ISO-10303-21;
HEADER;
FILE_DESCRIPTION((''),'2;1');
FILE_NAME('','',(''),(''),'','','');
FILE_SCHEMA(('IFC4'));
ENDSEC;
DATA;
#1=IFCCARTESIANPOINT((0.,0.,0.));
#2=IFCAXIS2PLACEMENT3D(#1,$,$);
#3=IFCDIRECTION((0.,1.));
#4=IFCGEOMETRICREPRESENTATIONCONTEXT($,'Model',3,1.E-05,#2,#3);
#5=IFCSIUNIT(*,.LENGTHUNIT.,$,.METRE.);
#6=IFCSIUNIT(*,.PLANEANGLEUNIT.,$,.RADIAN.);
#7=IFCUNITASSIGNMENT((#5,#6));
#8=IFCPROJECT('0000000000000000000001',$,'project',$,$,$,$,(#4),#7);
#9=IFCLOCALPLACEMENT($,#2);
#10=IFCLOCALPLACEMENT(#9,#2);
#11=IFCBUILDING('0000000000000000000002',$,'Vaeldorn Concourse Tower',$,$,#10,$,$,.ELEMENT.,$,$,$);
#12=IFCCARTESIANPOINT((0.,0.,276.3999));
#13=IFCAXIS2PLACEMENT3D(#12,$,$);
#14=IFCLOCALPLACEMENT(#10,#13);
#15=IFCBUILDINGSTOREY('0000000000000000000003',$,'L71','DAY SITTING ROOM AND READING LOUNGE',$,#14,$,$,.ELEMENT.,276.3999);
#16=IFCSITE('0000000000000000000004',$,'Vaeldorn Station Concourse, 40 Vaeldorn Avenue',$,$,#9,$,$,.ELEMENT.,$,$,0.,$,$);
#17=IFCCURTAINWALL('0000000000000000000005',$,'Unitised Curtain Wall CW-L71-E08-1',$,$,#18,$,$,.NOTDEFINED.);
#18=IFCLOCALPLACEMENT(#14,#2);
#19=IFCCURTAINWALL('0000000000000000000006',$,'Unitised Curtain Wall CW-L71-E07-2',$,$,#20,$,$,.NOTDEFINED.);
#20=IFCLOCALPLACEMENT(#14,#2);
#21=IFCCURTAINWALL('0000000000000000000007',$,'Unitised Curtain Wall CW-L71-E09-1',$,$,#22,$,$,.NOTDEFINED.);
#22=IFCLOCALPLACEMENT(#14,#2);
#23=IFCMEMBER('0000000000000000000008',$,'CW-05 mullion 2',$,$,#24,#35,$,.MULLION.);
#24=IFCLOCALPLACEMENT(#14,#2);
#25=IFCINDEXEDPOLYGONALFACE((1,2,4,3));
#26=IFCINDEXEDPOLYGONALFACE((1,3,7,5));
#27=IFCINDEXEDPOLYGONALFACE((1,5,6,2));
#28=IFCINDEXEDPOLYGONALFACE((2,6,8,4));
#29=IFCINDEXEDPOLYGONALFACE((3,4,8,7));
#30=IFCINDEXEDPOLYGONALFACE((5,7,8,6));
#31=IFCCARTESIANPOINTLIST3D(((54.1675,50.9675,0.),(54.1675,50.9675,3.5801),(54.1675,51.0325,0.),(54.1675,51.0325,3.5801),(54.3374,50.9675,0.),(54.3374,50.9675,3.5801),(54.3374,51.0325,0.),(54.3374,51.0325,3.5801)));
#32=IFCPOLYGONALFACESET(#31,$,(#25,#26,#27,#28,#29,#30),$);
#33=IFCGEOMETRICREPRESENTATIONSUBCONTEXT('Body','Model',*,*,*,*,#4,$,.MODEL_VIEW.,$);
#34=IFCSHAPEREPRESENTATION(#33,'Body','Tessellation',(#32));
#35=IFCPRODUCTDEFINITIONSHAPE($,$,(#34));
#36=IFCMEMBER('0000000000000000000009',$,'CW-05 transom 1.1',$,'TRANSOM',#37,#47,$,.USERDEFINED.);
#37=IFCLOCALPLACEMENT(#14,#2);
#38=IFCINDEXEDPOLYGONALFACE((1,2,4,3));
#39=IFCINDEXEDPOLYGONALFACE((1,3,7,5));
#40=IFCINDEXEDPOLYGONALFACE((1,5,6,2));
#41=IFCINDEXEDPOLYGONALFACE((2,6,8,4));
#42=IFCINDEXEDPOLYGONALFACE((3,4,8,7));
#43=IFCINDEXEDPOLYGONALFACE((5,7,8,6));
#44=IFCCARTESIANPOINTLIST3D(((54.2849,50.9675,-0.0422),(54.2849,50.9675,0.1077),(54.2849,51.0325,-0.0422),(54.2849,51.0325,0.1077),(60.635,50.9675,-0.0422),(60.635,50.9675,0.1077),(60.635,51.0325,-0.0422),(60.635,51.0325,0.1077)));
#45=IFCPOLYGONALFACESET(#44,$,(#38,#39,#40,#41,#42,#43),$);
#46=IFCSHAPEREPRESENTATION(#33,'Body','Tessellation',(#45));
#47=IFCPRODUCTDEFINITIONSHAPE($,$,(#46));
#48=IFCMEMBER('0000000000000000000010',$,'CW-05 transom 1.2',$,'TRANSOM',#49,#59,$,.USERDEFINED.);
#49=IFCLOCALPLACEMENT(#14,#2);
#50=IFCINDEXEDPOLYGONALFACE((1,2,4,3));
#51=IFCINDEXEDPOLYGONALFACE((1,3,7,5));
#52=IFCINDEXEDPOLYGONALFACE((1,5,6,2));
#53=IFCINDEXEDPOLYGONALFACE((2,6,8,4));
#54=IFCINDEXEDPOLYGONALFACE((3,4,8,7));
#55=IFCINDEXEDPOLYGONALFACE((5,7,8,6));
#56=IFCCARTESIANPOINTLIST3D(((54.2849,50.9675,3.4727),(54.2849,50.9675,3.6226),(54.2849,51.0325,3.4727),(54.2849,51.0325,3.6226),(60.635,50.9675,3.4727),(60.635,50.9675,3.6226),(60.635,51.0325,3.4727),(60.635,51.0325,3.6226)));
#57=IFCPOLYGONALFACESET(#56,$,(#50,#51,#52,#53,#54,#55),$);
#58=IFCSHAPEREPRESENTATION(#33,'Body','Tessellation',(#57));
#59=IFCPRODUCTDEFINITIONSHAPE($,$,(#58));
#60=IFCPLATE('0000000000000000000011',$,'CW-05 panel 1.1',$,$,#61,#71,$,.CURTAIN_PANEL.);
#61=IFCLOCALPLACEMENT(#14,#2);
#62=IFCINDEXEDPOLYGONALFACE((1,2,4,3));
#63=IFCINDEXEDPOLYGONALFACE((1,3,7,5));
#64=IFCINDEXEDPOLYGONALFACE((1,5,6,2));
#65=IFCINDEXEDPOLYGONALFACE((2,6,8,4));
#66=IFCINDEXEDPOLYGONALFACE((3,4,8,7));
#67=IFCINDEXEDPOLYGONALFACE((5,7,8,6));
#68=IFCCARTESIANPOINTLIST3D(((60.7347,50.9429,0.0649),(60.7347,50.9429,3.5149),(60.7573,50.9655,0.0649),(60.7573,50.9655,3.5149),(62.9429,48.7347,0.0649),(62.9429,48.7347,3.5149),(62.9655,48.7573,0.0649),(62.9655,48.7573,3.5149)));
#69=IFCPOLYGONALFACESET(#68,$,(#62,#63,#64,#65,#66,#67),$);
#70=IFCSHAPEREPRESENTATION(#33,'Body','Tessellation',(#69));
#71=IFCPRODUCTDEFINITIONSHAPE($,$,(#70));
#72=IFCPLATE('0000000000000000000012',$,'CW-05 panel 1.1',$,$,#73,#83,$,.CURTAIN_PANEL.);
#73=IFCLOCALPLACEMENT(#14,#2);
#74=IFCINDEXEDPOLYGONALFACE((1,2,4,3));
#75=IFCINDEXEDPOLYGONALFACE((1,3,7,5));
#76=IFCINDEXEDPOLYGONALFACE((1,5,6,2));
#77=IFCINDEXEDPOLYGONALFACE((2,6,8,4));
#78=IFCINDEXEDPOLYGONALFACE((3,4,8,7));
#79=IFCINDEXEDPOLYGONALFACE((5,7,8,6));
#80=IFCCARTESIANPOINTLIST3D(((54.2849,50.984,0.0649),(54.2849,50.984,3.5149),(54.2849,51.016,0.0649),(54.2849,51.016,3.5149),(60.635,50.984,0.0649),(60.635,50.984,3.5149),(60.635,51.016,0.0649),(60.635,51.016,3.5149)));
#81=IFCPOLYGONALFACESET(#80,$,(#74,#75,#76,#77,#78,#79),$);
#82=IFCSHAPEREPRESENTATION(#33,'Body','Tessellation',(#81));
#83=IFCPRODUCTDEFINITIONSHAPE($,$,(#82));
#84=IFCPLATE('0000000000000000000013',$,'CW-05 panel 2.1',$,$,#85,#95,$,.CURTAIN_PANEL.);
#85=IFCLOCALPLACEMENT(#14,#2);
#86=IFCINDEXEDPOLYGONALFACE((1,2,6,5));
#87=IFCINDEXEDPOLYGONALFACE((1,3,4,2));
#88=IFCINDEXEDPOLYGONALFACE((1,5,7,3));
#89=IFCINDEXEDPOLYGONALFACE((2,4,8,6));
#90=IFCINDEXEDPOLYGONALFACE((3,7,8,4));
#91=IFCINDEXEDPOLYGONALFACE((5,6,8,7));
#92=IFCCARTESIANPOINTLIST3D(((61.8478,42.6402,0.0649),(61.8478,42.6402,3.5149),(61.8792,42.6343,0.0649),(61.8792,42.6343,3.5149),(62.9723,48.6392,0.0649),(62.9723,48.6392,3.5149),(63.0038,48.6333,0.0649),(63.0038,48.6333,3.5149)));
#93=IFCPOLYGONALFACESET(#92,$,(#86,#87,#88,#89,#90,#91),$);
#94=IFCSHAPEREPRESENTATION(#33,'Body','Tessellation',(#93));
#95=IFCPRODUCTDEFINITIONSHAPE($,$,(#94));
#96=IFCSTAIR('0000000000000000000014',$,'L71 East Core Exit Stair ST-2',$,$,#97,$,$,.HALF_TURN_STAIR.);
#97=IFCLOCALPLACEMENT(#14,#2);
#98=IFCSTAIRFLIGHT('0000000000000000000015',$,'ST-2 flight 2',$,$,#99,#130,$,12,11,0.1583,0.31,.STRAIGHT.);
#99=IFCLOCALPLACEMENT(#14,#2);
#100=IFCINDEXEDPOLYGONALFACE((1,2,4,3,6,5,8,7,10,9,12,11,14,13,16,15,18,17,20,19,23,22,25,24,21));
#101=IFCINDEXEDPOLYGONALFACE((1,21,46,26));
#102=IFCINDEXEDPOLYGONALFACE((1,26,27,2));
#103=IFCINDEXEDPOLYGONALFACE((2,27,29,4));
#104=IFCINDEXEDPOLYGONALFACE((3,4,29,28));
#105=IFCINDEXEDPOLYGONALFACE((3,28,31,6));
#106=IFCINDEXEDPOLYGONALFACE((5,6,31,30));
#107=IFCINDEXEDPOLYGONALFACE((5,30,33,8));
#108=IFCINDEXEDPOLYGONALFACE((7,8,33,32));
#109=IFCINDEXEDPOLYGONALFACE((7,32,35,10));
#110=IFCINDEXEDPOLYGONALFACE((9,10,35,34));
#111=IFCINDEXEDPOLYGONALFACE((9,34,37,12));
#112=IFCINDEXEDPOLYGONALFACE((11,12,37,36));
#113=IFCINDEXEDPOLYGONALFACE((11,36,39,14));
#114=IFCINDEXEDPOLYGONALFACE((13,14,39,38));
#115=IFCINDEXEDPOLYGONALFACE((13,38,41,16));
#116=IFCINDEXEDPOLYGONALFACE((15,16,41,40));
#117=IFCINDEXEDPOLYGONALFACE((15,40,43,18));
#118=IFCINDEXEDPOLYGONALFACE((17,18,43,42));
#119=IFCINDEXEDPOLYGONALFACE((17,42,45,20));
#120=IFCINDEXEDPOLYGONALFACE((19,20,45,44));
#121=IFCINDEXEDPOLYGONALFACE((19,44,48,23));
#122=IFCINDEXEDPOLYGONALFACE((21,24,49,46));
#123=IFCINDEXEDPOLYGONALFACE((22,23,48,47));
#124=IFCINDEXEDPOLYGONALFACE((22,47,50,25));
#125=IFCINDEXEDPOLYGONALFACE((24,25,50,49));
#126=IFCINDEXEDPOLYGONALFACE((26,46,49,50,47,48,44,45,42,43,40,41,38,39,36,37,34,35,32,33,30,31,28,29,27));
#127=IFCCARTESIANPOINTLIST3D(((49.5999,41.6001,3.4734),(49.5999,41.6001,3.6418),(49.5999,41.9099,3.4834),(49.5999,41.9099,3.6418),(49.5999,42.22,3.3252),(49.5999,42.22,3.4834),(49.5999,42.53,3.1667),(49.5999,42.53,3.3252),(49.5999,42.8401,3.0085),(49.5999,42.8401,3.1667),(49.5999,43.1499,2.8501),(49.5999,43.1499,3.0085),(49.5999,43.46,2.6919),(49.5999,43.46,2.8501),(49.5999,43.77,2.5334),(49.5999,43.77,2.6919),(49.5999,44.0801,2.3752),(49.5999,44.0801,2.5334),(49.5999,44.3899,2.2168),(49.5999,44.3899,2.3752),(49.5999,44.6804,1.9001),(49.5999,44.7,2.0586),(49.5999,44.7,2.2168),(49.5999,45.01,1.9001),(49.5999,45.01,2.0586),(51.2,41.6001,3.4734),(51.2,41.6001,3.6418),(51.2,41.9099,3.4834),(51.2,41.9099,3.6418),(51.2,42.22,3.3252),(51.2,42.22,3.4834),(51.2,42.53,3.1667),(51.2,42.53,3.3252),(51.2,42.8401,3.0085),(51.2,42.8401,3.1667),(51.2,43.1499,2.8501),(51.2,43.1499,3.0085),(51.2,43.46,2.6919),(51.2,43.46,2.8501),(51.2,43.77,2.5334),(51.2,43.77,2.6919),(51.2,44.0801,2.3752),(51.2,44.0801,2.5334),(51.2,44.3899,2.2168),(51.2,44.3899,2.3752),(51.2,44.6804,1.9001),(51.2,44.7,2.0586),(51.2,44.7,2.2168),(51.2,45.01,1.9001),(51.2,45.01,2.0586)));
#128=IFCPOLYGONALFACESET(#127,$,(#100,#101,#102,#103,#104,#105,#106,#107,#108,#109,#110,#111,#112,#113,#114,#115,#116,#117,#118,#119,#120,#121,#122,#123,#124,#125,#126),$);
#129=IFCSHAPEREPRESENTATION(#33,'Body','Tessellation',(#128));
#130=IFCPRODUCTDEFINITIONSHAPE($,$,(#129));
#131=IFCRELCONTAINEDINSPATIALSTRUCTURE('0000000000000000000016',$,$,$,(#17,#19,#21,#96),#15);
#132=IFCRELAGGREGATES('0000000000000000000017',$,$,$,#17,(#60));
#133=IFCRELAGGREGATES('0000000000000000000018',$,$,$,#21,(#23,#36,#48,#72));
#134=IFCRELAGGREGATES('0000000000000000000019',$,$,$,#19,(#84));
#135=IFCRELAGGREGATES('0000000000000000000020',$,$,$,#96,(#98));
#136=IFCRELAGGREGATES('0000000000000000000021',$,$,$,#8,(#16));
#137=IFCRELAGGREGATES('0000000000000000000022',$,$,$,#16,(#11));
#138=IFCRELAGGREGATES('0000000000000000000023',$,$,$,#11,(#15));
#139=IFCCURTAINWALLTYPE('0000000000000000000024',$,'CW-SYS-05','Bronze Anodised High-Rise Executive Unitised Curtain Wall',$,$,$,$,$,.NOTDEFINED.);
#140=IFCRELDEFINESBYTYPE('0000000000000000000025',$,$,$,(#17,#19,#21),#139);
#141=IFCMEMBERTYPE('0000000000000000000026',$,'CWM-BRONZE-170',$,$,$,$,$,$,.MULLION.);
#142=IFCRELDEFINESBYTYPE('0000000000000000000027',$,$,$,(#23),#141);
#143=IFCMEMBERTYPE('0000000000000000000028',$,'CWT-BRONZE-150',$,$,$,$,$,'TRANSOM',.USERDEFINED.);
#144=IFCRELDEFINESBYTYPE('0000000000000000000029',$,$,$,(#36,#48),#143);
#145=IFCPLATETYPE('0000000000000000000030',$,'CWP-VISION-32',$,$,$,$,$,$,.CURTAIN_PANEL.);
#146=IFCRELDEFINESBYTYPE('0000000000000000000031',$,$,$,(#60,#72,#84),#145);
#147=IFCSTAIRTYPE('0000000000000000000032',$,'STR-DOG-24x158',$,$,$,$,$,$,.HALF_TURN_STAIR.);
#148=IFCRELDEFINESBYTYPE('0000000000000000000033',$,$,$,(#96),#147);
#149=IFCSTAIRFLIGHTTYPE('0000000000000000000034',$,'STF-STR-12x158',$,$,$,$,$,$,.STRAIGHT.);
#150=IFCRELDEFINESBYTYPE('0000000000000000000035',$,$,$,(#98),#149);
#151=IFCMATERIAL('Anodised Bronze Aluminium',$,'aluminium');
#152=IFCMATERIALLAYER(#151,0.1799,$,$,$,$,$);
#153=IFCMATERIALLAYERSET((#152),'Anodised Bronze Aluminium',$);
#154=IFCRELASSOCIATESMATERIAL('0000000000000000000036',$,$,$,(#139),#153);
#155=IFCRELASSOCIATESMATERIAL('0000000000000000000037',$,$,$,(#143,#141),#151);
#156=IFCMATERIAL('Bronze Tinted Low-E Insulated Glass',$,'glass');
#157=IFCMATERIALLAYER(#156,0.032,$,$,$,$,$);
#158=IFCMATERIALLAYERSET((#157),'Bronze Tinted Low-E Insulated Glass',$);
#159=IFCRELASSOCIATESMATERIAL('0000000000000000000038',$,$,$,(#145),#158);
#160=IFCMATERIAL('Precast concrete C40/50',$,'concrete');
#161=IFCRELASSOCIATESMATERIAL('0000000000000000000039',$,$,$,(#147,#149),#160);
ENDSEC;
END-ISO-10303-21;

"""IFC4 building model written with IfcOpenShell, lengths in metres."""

from ifc_helpers import new_model, si_unit, direction, frame, origin, origin_2d, place, context, subcontext, project, spatial, polyline, rectangle, outline, extrude, source, transform, mapped, material, layer, layer_set, material_profile, profile_set, type_object, element, aggregate, save


model = new_model("IFC4")

# Units and contexts
model_context = context("Model", 3, precision=1e-05, world=origin(), true_north=direction((0.0, 1.0)))
body_context = subcontext(model_context, "Body", "Model", "MODEL_VIEW")
ifc_project = project(units=[si_unit("LENGTHUNIT", "METRE"), si_unit("PLANEANGLEUNIT", "RADIAN")], contexts=[model_context])

# Site, building, storey
site_placement = place(None, origin())
site = spatial("IfcSite", under=ifc_project, at=site_placement, Name="Vaeldorn Station Concourse, 40 Vaeldorn Avenue", CompositionType="ELEMENT", RefElevation=0.0)
building_placement = place(site_placement, origin())
building = spatial("IfcBuilding", under=site, at=building_placement, Name="Vaeldorn Concourse Tower", CompositionType="ELEMENT")
storey_placement = place(building_placement, frame((0.0, 0.0, 276.3999)))
storey = spatial("IfcBuildingStorey", under=building, at=storey_placement, Name="L71", Description="DAY SITTING ROOM AND READING LOUNGE", CompositionType="ELEMENT", Elevation=276.3999)

# Curtain wall
ifc_material_1 = material(Name="Anodised Bronze Aluminium", Category="aluminium")
ifc_layer_1 = layer(ifc_material_1, 0.1799)
ifc_layer_set_1 = layer_set([ifc_layer_1], Name="Anodised Bronze Aluminium")
curtain_wall_type = type_object("IfcCurtainWallType", Name="CW-SYS-05", Description="Bronze Anodised High-Rise Executive Unitised Curtain Wall", PredefinedType="NOTDEFINED", material=ifc_layer_set_1)
curtain_wall_1_placement = place(storey_placement, origin())
curtain_wall_1 = element("IfcCurtainWall", 1, at=curtain_wall_1_placement, inside=storey, type_object=curtain_wall_type, Name="Unitised Curtain Wall CW-L71-E08-1", PredefinedType="NOTDEFINED")
ifc_material_profile_1 = material_profile(ifc_material_1, rectangle(XDim=0.0649, YDim=0.1499, at=origin_2d()), Name="CWT 65x150")
ifc_profile_set_1 = profile_set([ifc_material_profile_1], Name="Anodised Bronze Aluminium")
member_type_1 = type_object("IfcMemberType", Name="CWT-BRONZE-150", ElementType="TRANSOM", PredefinedType="USERDEFINED", material=ifc_profile_set_1)

# Curtain wall
curtain_wall_2_placement = place(storey_placement, origin())
curtain_wall_2 = element("IfcCurtainWall", 2, at=curtain_wall_2_placement, inside=storey, type_object=curtain_wall_type, Name="Unitised Curtain Wall CW-L71-E07-2", PredefinedType="NOTDEFINED")
ifc_material_profile_2 = material_profile(ifc_material_1, rectangle(XDim=0.0649, YDim=0.1699, at=origin_2d()), Name="CWM 65x170")
ifc_profile_set_2 = profile_set([ifc_material_profile_2], Name="Anodised Bronze Aluminium")
member_type_2 = type_object("IfcMemberType", Name="CWM-BRONZE-170", PredefinedType="MULLION", material=ifc_profile_set_2)
shared_shape_1 = source(origin(), body_context, "Body", "SweptSolid", [
    extrude(rectangle(XDim=0.0649, YDim=0.1699, at=origin_2d()), origin(), (0.0, 0.0, 1.0), 3.5801),
])

# Curtain wall, members
curtain_wall_3_placement = place(storey_placement, origin())
curtain_wall_3 = element("IfcCurtainWall", 3, at=curtain_wall_3_placement, inside=storey, type_object=curtain_wall_type, Name="Unitised Curtain Wall CW-L71-E09-1", PredefinedType="NOTDEFINED")
member_1_placement = place(storey_placement, frame((54.2524, 51.0, 0.0), z_axis=(0.0, 0.0, 1.0), x_axis=(0.0, -1.0, 0.0)))
member_1 = element("IfcMember", 4, at=member_1_placement, type_object=member_type_2, Name="CW-05 mullion 2", PredefinedType="MULLION", context=body_context, shape_type="MappedRepresentation", body=[
    mapped(shared_shape_1, transform((0.0, 0.0, 0.0), scale=1.0)),
])
shared_shape_2 = source(origin(), body_context, "Body", "SweptSolid", [
    extrude(rectangle(XDim=0.0649, YDim=0.1499, at=origin_2d()), origin(), (0.0, 0.0, 1.0), 6.3501),
])
member_2_placement = place(storey_placement, frame((60.635, 51.0, 0.0327), z_axis=(-1.0, 0.0, 0.0), x_axis=(0.0, -1.0, 0.0)))
member_2 = element("IfcMember", 5, at=member_2_placement, type_object=member_type_1, Name="CW-05 transom 1.1", ObjectType="TRANSOM", PredefinedType="USERDEFINED", context=body_context, shape_type="MappedRepresentation", body=[
    mapped(shared_shape_2, transform((0.0, 0.0, 0.0), scale=1.0)),
])
member_3_placement = place(storey_placement, frame((60.635, 51.0, 3.5476), z_axis=(-1.0, 0.0, 0.0), x_axis=(0.0, -1.0, 0.0)))
member_3 = element("IfcMember", 6, at=member_3_placement, type_object=member_type_1, Name="CW-05 transom 1.2", ObjectType="TRANSOM", PredefinedType="USERDEFINED", context=body_context, shape_type="MappedRepresentation", body=[
    mapped(shared_shape_2, transform((0.0, 0.0, 0.0), scale=1.0)),
])

# Plates
ifc_material_2 = material(Name="Bronze Tinted Low-E Insulated Glass", Category="glass")
ifc_layer_2 = layer(ifc_material_2, 0.032)
ifc_layer_set_2 = layer_set([ifc_layer_2], Name="Bronze Tinted Low-E Insulated Glass")
plate_type = type_object("IfcPlateType", Name="CWP-VISION-32", PredefinedType="CURTAIN_PANEL", material=ifc_layer_set_2)
shared_shape_3 = source(origin(), body_context, "Body", "SweptSolid", [
    extrude(rectangle(XDim=3.1228, YDim=0.032, at=origin_2d()), origin(), (0.0, 0.0, 1.0), 3.45),
])
plate_1_placement = place(storey_placement, frame((61.8501, 49.8501, 0.0649), z_axis=(0.0, 0.0, 1.0), x_axis=(-0.707107, 0.707107, 0.0)))
plate_1 = element("IfcPlate", 7, at=plate_1_placement, type_object=plate_type, Name="CW-05 panel 1.1", PredefinedType="CURTAIN_PANEL", context=body_context, shape_type="MappedRepresentation", body=[
    mapped(shared_shape_3, transform((0.0, 0.0, 0.0), scale=1.0)),
])
aggregate(curtain_wall_1, [plate_1])
shared_shape_4 = source(origin(), body_context, "Body", "SweptSolid", [
    extrude(rectangle(XDim=6.3501, YDim=0.032, at=origin_2d()), origin(), (0.0, 0.0, 1.0), 3.45),
])
plate_2_placement = place(storey_placement, frame((57.46, 51.0, 0.0649), z_axis=(0.0, 0.0, 1.0), x_axis=(-1.0, 0.0, 0.0)))
plate_2 = element("IfcPlate", 8, at=plate_2_placement, type_object=plate_type, Name="CW-05 panel 1.1", PredefinedType="CURTAIN_PANEL", context=body_context, shape_type="MappedRepresentation", body=[
    mapped(shared_shape_4, transform((0.0, 0.0, 0.0), scale=1.0)),
])
aggregate(curtain_wall_3, [member_1, member_2, member_3, plate_2])
shared_shape_5 = source(origin(), body_context, "Body", "SweptSolid", [
    extrude(rectangle(XDim=6.1035, YDim=0.032, at=origin_2d()), origin(), (0.0, 0.0, 1.0), 3.45),
])
plate_3_placement = place(storey_placement, frame((62.4258, 45.6367, 0.0649), z_axis=(0.0, 0.0, 1.0), x_axis=(0.184246, 0.98288, 0.0)))
plate_3 = element("IfcPlate", 9, at=plate_3_placement, type_object=plate_type, Name="CW-05 panel 2.1", PredefinedType="CURTAIN_PANEL", context=body_context, shape_type="MappedRepresentation", body=[
    mapped(shared_shape_5, transform((0.0, 0.0, 0.0), scale=1.0)),
])
aggregate(curtain_wall_2, [plate_3])

# Stair, stair flight
ifc_material_3 = material(Name="Precast concrete C40/50", Category="concrete")
stair_type = type_object("IfcStairType", Name="STR-DOG-24x158", PredefinedType="HALF_TURN_STAIR", material=ifc_material_3)
stair_placement = place(storey_placement, origin())
stair = element("IfcStair", 10, at=stair_placement, inside=storey, type_object=stair_type, Name="L71 East Core Exit Stair ST-2", PredefinedType="HALF_TURN_STAIR")
stair_flight_type = type_object("IfcStairFlightType", Name="STF-STR-12x158", PredefinedType="STRAIGHT", material=ifc_material_3)
stair_flight_placement = place(storey_placement, frame((50.3999, 45.01, 1.9001), z_axis=(0.0, 0.0, 1.0), x_axis=(0.0, -1.0, 0.0)))
stair_flight = element("IfcStairFlight", 11, at=stair_flight_placement, type_object=stair_flight_type, Name="ST-2 flight 2", NumberOfRisers=12, NumberOfTreads=11, PredefinedType="STRAIGHT", RiserHeight=0.1583, TreadLength=0.31, context=body_context, shape_type="SweptSolid", body=[
    extrude(outline(polyline([(0.0, 0.0), (0.0, 0.1584), (0.3101, 0.1584), (0.3101, 0.3167), (0.6201, 0.3167), (0.6201, 0.4751), (0.9299, 0.4751), (0.9299, 0.6333), (1.24, 0.6333), (1.24, 0.7917), (1.55, 0.7917), (1.55, 0.95), (1.8601, 0.95), (1.8601, 1.1084), (2.1699, 1.1084), (2.1699, 1.2666), (2.48, 1.2666), (2.48, 1.425), (2.79, 1.425), (2.79, 1.5833), (3.1001, 1.5833), (3.1001, 1.7417), (3.4099, 1.7417), (3.4099, 1.8999), (3.4099, 1.5732), (0.3296, 0.0), (0.0, 0.0)])), frame((0.0, 0.8, 0.0), z_axis=(0.0, -1.0, 0.0), x_axis=(1.0, 0.0, 0.0)), (0.0, 0.0, 1.0), 1.6001),
])
aggregate(stair, [stair_flight])

save(model, "model.ifc")
